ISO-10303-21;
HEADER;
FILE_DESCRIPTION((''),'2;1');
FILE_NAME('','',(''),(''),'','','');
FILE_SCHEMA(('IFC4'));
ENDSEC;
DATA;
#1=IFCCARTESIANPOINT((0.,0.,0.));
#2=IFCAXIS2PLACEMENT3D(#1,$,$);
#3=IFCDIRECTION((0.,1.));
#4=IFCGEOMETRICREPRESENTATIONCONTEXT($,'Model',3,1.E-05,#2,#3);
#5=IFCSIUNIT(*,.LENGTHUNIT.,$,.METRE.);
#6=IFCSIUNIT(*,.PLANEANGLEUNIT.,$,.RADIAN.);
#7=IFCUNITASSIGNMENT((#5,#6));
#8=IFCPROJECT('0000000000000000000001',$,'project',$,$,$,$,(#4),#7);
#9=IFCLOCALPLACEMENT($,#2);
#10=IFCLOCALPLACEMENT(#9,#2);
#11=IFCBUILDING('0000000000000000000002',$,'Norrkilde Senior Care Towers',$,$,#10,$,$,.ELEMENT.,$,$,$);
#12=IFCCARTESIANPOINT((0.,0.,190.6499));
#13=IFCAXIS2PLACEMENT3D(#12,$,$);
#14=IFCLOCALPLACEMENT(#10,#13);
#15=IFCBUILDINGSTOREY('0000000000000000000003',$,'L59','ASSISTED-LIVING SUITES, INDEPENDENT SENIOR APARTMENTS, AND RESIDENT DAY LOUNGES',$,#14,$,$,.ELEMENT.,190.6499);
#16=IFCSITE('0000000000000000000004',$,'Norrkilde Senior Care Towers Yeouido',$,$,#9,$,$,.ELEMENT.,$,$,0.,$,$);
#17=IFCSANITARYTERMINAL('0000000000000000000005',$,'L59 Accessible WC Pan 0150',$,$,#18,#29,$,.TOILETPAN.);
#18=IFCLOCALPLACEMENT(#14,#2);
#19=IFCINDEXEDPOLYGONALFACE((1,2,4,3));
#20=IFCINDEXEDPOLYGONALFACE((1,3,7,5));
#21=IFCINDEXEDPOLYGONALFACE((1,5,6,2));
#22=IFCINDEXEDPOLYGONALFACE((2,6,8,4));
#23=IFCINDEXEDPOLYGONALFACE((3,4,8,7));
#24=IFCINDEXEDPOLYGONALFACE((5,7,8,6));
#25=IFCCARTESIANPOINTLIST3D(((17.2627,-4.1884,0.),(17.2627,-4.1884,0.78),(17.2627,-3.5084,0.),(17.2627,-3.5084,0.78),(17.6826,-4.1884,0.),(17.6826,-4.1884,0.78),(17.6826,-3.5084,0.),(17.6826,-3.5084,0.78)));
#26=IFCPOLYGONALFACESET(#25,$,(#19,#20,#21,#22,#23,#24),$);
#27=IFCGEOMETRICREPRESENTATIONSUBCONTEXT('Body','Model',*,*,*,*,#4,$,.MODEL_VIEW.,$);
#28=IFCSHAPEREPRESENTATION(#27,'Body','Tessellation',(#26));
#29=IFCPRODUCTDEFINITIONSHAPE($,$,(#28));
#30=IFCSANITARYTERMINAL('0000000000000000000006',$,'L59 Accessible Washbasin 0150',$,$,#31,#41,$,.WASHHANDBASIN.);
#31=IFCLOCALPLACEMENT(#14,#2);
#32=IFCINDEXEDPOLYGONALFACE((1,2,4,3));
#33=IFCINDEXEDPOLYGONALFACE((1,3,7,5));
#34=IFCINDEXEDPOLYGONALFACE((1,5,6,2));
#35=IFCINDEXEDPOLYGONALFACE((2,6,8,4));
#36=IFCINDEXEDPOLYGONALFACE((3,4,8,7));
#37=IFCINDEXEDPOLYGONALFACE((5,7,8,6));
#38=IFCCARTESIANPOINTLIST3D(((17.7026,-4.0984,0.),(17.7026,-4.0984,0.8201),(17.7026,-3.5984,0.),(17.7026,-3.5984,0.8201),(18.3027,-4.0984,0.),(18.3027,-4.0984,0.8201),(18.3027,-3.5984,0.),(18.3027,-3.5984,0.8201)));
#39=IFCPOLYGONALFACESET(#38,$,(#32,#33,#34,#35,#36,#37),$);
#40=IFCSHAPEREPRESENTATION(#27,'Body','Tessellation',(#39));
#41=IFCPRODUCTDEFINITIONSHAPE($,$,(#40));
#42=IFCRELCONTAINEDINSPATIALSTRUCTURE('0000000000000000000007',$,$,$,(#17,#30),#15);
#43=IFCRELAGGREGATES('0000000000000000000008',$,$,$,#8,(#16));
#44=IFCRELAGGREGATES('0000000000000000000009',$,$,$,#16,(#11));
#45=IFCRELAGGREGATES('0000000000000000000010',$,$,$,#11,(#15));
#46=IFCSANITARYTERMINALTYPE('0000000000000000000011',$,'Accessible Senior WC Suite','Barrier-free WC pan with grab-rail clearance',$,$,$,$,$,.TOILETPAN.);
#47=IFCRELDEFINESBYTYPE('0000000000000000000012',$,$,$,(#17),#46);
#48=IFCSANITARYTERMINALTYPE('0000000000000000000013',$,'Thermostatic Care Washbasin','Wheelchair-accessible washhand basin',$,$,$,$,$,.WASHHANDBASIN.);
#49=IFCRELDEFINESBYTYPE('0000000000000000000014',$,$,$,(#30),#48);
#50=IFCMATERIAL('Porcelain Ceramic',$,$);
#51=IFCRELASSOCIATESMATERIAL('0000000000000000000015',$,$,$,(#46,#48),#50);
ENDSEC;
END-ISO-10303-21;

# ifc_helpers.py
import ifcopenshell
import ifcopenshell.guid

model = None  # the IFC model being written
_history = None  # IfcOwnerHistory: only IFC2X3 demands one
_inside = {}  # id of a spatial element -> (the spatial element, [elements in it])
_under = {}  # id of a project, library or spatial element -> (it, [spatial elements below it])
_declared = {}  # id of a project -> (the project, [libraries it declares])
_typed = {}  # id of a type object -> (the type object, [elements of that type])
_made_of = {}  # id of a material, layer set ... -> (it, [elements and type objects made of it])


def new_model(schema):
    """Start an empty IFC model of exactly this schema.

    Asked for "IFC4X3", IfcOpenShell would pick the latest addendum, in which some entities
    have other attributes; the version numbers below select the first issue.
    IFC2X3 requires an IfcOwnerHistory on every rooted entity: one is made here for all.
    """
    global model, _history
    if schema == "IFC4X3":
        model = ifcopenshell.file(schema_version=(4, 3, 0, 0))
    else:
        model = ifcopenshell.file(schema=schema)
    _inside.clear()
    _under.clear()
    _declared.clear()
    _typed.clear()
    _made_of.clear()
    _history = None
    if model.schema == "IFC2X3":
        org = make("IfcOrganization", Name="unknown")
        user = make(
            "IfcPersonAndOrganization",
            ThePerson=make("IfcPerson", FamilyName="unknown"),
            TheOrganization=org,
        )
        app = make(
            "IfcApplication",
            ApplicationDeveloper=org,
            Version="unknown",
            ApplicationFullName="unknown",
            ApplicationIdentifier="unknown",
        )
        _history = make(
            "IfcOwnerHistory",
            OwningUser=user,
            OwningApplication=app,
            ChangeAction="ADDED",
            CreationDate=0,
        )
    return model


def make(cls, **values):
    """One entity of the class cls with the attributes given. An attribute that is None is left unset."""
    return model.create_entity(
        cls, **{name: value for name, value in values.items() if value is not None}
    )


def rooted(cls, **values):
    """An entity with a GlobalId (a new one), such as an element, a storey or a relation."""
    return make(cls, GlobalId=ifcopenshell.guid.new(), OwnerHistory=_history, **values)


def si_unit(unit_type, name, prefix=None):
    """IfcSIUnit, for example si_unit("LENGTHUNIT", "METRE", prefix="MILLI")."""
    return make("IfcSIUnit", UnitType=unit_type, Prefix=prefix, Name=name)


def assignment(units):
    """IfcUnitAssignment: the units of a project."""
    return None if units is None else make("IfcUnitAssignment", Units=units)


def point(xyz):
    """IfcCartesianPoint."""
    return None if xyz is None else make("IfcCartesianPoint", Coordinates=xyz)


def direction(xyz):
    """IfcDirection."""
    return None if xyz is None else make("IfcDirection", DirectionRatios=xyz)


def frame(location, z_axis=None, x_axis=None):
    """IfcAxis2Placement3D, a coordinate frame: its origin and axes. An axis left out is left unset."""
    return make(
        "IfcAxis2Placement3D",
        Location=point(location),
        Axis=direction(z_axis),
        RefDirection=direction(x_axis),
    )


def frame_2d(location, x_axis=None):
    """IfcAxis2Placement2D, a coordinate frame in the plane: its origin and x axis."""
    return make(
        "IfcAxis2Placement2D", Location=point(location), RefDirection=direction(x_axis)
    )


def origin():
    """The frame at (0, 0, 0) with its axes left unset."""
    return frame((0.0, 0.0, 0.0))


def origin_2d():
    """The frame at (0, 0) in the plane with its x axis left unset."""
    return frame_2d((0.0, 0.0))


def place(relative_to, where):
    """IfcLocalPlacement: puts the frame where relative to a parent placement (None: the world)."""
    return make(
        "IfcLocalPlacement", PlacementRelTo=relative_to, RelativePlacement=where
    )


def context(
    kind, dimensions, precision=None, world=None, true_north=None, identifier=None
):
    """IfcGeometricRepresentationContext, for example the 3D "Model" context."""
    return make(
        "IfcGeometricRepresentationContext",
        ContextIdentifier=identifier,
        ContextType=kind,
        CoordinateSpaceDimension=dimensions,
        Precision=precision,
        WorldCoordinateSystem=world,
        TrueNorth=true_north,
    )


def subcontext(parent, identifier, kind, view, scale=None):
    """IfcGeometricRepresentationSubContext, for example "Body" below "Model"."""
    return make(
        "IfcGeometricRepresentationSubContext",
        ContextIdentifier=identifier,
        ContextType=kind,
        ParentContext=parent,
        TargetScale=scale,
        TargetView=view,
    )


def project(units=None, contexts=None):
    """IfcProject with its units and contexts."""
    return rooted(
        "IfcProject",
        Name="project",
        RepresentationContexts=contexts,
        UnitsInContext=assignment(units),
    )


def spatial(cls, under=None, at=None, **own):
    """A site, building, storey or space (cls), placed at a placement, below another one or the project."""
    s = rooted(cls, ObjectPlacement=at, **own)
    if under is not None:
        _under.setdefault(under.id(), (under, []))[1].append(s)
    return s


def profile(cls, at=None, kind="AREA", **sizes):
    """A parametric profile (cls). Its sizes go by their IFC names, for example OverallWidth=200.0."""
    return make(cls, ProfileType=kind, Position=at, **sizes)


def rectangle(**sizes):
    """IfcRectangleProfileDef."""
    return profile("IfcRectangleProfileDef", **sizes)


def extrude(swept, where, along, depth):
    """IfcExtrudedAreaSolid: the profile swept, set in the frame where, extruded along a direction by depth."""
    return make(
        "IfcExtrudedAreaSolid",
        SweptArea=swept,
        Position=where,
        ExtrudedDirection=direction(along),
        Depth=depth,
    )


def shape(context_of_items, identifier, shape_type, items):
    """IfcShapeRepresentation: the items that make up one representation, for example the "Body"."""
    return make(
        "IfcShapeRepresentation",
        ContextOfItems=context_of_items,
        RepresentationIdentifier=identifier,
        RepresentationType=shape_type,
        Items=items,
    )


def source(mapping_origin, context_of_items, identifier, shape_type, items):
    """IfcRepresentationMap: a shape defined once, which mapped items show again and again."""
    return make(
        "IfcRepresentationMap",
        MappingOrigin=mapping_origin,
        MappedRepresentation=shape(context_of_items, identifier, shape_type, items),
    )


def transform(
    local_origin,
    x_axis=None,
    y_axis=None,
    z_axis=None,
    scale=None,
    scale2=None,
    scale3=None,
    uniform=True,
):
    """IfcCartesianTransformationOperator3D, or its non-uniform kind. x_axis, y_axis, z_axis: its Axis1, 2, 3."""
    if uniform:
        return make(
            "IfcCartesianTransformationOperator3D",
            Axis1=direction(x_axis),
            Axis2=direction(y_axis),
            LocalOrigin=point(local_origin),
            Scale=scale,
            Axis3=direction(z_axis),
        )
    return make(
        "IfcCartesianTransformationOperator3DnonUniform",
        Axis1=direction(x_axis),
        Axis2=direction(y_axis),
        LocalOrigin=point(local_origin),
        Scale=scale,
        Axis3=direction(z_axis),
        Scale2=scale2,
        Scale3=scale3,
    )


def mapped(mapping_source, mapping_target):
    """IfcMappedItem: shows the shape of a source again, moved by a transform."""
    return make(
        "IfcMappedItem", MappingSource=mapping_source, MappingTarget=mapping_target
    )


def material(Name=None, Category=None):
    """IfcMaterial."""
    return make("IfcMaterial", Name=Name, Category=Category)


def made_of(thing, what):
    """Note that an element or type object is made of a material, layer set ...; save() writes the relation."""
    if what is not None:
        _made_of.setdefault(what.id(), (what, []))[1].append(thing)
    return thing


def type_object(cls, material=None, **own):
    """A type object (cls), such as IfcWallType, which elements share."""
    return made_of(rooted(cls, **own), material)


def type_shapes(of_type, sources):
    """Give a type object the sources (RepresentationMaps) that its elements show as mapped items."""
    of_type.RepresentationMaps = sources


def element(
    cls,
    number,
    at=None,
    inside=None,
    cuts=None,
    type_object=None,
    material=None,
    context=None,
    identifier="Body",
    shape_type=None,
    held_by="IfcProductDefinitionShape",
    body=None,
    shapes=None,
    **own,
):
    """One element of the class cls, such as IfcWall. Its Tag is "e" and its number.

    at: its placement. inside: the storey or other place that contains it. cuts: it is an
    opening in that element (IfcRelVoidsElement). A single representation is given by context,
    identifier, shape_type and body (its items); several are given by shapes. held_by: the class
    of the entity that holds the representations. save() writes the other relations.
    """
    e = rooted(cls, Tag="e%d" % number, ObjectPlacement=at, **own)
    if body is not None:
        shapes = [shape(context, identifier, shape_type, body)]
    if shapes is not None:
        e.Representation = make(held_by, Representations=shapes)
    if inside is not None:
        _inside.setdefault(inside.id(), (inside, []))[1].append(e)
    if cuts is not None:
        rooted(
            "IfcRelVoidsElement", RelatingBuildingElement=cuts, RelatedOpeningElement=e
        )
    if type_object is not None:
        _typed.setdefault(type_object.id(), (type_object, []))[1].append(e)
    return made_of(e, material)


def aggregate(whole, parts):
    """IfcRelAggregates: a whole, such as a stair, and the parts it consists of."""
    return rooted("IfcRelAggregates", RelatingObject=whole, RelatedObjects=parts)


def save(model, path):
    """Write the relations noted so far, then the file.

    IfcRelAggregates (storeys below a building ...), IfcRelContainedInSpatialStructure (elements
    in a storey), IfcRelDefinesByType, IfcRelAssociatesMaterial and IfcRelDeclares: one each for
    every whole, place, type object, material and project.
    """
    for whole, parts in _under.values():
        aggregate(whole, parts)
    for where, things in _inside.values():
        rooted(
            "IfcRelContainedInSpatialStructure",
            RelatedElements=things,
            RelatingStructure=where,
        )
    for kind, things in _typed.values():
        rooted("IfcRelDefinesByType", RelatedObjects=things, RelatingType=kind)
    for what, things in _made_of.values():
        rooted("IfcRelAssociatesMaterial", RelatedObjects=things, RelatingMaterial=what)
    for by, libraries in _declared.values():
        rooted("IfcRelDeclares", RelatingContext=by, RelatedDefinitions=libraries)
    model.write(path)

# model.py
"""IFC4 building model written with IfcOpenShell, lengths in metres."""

from ifc_helpers import new_model, si_unit, direction, frame, origin, origin_2d, place, context, subcontext, project, spatial, rectangle, extrude, source, transform, mapped, material, type_object, type_shapes, element, save


model = new_model("IFC4")

# Units and contexts
model_context = context("Model", 3, precision=1e-05, world=origin(), true_north=direction((0.0, 1.0)))
body_context = subcontext(model_context, "Body", "Model", "MODEL_VIEW")
ifc_project = project(units=[si_unit("LENGTHUNIT", "METRE"), si_unit("PLANEANGLEUNIT", "RADIAN")], contexts=[model_context])

# Site, building, storey
site_placement = place(None, origin())
site = spatial("IfcSite", under=ifc_project, at=site_placement, Name="Norrkilde Senior Care Towers Yeouido", CompositionType="ELEMENT", RefElevation=0.0)
building_placement = place(site_placement, origin())
building = spatial("IfcBuilding", under=site, at=building_placement, Name="Norrkilde Senior Care Towers", CompositionType="ELEMENT")
storey_placement = place(building_placement, frame((0.0, 0.0, 190.6499)))
storey = spatial("IfcBuildingStorey", under=building, at=storey_placement, Name="L59", Description="ASSISTED-LIVING SUITES, INDEPENDENT SENIOR APARTMENTS, AND RESIDENT DAY LOUNGES", CompositionType="ELEMENT", Elevation=190.6499)

# Sanitary terminals
ifc_material_1 = material(Name="Porcelain Ceramic")
sanitary_terminal_type_1 = type_object("IfcSanitaryTerminalType", Name="Accessible Senior WC Suite", Description="Barrier-free WC pan with grab-rail clearance", PredefinedType="TOILETPAN", material=ifc_material_1)
shared_shape_1 = source(origin(), body_context, "Body", "SweptSolid", [
    extrude(rectangle(XDim=0.4199, YDim=0.6799, at=origin_2d()), origin(), (0.0, 0.0, 1.0), 0.78),
])
type_shapes(sanitary_terminal_type_1, [shared_shape_1])
sanitary_terminal_1_placement = place(storey_placement, frame((17.4727, -3.8484, 0.0), z_axis=(0.0, 0.0, 1.0), x_axis=(1.0, 0.0, 0.0)))
element("IfcSanitaryTerminal", 1, at=sanitary_terminal_1_placement, inside=storey, type_object=sanitary_terminal_type_1, Name="L59 Accessible WC Pan 0150", PredefinedType="TOILETPAN", context=body_context, shape_type="MappedRepresentation", body=[
    mapped(shared_shape_1, transform((0.0, 0.0, 0.0), x_axis=(1.0, 0.0, 0.0), y_axis=(0.0, 1.0, 0.0), z_axis=(0.0, 0.0, 1.0), scale=1.0)),
])
sanitary_terminal_type_2 = type_object("IfcSanitaryTerminalType", Name="Thermostatic Care Washbasin", Description="Wheelchair-accessible washhand basin", PredefinedType="WASHHANDBASIN", material=ifc_material_1)
shared_shape_2 = source(origin(), body_context, "Body", "SweptSolid", [
    extrude(rectangle(XDim=0.6001, YDim=0.5, at=origin_2d()), origin(), (0.0, 0.0, 1.0), 0.8201),
])
type_shapes(sanitary_terminal_type_2, [shared_shape_2])
sanitary_terminal_2_placement = place(storey_placement, frame((18.0027, -3.8484, 0.0), z_axis=(0.0, 0.0, 1.0), x_axis=(1.0, 0.0, 0.0)))
element("IfcSanitaryTerminal", 2, at=sanitary_terminal_2_placement, inside=storey, type_object=sanitary_terminal_type_2, Name="L59 Accessible Washbasin 0150", PredefinedType="WASHHANDBASIN", context=body_context, shape_type="MappedRepresentation", body=[
    mapped(shared_shape_2, transform((0.0, 0.0, 0.0), x_axis=(1.0, 0.0, 0.0), y_axis=(0.0, 1.0, 0.0), z_axis=(0.0, 0.0, 1.0), scale=1.0)),
])

save(model, "model.ifc")
